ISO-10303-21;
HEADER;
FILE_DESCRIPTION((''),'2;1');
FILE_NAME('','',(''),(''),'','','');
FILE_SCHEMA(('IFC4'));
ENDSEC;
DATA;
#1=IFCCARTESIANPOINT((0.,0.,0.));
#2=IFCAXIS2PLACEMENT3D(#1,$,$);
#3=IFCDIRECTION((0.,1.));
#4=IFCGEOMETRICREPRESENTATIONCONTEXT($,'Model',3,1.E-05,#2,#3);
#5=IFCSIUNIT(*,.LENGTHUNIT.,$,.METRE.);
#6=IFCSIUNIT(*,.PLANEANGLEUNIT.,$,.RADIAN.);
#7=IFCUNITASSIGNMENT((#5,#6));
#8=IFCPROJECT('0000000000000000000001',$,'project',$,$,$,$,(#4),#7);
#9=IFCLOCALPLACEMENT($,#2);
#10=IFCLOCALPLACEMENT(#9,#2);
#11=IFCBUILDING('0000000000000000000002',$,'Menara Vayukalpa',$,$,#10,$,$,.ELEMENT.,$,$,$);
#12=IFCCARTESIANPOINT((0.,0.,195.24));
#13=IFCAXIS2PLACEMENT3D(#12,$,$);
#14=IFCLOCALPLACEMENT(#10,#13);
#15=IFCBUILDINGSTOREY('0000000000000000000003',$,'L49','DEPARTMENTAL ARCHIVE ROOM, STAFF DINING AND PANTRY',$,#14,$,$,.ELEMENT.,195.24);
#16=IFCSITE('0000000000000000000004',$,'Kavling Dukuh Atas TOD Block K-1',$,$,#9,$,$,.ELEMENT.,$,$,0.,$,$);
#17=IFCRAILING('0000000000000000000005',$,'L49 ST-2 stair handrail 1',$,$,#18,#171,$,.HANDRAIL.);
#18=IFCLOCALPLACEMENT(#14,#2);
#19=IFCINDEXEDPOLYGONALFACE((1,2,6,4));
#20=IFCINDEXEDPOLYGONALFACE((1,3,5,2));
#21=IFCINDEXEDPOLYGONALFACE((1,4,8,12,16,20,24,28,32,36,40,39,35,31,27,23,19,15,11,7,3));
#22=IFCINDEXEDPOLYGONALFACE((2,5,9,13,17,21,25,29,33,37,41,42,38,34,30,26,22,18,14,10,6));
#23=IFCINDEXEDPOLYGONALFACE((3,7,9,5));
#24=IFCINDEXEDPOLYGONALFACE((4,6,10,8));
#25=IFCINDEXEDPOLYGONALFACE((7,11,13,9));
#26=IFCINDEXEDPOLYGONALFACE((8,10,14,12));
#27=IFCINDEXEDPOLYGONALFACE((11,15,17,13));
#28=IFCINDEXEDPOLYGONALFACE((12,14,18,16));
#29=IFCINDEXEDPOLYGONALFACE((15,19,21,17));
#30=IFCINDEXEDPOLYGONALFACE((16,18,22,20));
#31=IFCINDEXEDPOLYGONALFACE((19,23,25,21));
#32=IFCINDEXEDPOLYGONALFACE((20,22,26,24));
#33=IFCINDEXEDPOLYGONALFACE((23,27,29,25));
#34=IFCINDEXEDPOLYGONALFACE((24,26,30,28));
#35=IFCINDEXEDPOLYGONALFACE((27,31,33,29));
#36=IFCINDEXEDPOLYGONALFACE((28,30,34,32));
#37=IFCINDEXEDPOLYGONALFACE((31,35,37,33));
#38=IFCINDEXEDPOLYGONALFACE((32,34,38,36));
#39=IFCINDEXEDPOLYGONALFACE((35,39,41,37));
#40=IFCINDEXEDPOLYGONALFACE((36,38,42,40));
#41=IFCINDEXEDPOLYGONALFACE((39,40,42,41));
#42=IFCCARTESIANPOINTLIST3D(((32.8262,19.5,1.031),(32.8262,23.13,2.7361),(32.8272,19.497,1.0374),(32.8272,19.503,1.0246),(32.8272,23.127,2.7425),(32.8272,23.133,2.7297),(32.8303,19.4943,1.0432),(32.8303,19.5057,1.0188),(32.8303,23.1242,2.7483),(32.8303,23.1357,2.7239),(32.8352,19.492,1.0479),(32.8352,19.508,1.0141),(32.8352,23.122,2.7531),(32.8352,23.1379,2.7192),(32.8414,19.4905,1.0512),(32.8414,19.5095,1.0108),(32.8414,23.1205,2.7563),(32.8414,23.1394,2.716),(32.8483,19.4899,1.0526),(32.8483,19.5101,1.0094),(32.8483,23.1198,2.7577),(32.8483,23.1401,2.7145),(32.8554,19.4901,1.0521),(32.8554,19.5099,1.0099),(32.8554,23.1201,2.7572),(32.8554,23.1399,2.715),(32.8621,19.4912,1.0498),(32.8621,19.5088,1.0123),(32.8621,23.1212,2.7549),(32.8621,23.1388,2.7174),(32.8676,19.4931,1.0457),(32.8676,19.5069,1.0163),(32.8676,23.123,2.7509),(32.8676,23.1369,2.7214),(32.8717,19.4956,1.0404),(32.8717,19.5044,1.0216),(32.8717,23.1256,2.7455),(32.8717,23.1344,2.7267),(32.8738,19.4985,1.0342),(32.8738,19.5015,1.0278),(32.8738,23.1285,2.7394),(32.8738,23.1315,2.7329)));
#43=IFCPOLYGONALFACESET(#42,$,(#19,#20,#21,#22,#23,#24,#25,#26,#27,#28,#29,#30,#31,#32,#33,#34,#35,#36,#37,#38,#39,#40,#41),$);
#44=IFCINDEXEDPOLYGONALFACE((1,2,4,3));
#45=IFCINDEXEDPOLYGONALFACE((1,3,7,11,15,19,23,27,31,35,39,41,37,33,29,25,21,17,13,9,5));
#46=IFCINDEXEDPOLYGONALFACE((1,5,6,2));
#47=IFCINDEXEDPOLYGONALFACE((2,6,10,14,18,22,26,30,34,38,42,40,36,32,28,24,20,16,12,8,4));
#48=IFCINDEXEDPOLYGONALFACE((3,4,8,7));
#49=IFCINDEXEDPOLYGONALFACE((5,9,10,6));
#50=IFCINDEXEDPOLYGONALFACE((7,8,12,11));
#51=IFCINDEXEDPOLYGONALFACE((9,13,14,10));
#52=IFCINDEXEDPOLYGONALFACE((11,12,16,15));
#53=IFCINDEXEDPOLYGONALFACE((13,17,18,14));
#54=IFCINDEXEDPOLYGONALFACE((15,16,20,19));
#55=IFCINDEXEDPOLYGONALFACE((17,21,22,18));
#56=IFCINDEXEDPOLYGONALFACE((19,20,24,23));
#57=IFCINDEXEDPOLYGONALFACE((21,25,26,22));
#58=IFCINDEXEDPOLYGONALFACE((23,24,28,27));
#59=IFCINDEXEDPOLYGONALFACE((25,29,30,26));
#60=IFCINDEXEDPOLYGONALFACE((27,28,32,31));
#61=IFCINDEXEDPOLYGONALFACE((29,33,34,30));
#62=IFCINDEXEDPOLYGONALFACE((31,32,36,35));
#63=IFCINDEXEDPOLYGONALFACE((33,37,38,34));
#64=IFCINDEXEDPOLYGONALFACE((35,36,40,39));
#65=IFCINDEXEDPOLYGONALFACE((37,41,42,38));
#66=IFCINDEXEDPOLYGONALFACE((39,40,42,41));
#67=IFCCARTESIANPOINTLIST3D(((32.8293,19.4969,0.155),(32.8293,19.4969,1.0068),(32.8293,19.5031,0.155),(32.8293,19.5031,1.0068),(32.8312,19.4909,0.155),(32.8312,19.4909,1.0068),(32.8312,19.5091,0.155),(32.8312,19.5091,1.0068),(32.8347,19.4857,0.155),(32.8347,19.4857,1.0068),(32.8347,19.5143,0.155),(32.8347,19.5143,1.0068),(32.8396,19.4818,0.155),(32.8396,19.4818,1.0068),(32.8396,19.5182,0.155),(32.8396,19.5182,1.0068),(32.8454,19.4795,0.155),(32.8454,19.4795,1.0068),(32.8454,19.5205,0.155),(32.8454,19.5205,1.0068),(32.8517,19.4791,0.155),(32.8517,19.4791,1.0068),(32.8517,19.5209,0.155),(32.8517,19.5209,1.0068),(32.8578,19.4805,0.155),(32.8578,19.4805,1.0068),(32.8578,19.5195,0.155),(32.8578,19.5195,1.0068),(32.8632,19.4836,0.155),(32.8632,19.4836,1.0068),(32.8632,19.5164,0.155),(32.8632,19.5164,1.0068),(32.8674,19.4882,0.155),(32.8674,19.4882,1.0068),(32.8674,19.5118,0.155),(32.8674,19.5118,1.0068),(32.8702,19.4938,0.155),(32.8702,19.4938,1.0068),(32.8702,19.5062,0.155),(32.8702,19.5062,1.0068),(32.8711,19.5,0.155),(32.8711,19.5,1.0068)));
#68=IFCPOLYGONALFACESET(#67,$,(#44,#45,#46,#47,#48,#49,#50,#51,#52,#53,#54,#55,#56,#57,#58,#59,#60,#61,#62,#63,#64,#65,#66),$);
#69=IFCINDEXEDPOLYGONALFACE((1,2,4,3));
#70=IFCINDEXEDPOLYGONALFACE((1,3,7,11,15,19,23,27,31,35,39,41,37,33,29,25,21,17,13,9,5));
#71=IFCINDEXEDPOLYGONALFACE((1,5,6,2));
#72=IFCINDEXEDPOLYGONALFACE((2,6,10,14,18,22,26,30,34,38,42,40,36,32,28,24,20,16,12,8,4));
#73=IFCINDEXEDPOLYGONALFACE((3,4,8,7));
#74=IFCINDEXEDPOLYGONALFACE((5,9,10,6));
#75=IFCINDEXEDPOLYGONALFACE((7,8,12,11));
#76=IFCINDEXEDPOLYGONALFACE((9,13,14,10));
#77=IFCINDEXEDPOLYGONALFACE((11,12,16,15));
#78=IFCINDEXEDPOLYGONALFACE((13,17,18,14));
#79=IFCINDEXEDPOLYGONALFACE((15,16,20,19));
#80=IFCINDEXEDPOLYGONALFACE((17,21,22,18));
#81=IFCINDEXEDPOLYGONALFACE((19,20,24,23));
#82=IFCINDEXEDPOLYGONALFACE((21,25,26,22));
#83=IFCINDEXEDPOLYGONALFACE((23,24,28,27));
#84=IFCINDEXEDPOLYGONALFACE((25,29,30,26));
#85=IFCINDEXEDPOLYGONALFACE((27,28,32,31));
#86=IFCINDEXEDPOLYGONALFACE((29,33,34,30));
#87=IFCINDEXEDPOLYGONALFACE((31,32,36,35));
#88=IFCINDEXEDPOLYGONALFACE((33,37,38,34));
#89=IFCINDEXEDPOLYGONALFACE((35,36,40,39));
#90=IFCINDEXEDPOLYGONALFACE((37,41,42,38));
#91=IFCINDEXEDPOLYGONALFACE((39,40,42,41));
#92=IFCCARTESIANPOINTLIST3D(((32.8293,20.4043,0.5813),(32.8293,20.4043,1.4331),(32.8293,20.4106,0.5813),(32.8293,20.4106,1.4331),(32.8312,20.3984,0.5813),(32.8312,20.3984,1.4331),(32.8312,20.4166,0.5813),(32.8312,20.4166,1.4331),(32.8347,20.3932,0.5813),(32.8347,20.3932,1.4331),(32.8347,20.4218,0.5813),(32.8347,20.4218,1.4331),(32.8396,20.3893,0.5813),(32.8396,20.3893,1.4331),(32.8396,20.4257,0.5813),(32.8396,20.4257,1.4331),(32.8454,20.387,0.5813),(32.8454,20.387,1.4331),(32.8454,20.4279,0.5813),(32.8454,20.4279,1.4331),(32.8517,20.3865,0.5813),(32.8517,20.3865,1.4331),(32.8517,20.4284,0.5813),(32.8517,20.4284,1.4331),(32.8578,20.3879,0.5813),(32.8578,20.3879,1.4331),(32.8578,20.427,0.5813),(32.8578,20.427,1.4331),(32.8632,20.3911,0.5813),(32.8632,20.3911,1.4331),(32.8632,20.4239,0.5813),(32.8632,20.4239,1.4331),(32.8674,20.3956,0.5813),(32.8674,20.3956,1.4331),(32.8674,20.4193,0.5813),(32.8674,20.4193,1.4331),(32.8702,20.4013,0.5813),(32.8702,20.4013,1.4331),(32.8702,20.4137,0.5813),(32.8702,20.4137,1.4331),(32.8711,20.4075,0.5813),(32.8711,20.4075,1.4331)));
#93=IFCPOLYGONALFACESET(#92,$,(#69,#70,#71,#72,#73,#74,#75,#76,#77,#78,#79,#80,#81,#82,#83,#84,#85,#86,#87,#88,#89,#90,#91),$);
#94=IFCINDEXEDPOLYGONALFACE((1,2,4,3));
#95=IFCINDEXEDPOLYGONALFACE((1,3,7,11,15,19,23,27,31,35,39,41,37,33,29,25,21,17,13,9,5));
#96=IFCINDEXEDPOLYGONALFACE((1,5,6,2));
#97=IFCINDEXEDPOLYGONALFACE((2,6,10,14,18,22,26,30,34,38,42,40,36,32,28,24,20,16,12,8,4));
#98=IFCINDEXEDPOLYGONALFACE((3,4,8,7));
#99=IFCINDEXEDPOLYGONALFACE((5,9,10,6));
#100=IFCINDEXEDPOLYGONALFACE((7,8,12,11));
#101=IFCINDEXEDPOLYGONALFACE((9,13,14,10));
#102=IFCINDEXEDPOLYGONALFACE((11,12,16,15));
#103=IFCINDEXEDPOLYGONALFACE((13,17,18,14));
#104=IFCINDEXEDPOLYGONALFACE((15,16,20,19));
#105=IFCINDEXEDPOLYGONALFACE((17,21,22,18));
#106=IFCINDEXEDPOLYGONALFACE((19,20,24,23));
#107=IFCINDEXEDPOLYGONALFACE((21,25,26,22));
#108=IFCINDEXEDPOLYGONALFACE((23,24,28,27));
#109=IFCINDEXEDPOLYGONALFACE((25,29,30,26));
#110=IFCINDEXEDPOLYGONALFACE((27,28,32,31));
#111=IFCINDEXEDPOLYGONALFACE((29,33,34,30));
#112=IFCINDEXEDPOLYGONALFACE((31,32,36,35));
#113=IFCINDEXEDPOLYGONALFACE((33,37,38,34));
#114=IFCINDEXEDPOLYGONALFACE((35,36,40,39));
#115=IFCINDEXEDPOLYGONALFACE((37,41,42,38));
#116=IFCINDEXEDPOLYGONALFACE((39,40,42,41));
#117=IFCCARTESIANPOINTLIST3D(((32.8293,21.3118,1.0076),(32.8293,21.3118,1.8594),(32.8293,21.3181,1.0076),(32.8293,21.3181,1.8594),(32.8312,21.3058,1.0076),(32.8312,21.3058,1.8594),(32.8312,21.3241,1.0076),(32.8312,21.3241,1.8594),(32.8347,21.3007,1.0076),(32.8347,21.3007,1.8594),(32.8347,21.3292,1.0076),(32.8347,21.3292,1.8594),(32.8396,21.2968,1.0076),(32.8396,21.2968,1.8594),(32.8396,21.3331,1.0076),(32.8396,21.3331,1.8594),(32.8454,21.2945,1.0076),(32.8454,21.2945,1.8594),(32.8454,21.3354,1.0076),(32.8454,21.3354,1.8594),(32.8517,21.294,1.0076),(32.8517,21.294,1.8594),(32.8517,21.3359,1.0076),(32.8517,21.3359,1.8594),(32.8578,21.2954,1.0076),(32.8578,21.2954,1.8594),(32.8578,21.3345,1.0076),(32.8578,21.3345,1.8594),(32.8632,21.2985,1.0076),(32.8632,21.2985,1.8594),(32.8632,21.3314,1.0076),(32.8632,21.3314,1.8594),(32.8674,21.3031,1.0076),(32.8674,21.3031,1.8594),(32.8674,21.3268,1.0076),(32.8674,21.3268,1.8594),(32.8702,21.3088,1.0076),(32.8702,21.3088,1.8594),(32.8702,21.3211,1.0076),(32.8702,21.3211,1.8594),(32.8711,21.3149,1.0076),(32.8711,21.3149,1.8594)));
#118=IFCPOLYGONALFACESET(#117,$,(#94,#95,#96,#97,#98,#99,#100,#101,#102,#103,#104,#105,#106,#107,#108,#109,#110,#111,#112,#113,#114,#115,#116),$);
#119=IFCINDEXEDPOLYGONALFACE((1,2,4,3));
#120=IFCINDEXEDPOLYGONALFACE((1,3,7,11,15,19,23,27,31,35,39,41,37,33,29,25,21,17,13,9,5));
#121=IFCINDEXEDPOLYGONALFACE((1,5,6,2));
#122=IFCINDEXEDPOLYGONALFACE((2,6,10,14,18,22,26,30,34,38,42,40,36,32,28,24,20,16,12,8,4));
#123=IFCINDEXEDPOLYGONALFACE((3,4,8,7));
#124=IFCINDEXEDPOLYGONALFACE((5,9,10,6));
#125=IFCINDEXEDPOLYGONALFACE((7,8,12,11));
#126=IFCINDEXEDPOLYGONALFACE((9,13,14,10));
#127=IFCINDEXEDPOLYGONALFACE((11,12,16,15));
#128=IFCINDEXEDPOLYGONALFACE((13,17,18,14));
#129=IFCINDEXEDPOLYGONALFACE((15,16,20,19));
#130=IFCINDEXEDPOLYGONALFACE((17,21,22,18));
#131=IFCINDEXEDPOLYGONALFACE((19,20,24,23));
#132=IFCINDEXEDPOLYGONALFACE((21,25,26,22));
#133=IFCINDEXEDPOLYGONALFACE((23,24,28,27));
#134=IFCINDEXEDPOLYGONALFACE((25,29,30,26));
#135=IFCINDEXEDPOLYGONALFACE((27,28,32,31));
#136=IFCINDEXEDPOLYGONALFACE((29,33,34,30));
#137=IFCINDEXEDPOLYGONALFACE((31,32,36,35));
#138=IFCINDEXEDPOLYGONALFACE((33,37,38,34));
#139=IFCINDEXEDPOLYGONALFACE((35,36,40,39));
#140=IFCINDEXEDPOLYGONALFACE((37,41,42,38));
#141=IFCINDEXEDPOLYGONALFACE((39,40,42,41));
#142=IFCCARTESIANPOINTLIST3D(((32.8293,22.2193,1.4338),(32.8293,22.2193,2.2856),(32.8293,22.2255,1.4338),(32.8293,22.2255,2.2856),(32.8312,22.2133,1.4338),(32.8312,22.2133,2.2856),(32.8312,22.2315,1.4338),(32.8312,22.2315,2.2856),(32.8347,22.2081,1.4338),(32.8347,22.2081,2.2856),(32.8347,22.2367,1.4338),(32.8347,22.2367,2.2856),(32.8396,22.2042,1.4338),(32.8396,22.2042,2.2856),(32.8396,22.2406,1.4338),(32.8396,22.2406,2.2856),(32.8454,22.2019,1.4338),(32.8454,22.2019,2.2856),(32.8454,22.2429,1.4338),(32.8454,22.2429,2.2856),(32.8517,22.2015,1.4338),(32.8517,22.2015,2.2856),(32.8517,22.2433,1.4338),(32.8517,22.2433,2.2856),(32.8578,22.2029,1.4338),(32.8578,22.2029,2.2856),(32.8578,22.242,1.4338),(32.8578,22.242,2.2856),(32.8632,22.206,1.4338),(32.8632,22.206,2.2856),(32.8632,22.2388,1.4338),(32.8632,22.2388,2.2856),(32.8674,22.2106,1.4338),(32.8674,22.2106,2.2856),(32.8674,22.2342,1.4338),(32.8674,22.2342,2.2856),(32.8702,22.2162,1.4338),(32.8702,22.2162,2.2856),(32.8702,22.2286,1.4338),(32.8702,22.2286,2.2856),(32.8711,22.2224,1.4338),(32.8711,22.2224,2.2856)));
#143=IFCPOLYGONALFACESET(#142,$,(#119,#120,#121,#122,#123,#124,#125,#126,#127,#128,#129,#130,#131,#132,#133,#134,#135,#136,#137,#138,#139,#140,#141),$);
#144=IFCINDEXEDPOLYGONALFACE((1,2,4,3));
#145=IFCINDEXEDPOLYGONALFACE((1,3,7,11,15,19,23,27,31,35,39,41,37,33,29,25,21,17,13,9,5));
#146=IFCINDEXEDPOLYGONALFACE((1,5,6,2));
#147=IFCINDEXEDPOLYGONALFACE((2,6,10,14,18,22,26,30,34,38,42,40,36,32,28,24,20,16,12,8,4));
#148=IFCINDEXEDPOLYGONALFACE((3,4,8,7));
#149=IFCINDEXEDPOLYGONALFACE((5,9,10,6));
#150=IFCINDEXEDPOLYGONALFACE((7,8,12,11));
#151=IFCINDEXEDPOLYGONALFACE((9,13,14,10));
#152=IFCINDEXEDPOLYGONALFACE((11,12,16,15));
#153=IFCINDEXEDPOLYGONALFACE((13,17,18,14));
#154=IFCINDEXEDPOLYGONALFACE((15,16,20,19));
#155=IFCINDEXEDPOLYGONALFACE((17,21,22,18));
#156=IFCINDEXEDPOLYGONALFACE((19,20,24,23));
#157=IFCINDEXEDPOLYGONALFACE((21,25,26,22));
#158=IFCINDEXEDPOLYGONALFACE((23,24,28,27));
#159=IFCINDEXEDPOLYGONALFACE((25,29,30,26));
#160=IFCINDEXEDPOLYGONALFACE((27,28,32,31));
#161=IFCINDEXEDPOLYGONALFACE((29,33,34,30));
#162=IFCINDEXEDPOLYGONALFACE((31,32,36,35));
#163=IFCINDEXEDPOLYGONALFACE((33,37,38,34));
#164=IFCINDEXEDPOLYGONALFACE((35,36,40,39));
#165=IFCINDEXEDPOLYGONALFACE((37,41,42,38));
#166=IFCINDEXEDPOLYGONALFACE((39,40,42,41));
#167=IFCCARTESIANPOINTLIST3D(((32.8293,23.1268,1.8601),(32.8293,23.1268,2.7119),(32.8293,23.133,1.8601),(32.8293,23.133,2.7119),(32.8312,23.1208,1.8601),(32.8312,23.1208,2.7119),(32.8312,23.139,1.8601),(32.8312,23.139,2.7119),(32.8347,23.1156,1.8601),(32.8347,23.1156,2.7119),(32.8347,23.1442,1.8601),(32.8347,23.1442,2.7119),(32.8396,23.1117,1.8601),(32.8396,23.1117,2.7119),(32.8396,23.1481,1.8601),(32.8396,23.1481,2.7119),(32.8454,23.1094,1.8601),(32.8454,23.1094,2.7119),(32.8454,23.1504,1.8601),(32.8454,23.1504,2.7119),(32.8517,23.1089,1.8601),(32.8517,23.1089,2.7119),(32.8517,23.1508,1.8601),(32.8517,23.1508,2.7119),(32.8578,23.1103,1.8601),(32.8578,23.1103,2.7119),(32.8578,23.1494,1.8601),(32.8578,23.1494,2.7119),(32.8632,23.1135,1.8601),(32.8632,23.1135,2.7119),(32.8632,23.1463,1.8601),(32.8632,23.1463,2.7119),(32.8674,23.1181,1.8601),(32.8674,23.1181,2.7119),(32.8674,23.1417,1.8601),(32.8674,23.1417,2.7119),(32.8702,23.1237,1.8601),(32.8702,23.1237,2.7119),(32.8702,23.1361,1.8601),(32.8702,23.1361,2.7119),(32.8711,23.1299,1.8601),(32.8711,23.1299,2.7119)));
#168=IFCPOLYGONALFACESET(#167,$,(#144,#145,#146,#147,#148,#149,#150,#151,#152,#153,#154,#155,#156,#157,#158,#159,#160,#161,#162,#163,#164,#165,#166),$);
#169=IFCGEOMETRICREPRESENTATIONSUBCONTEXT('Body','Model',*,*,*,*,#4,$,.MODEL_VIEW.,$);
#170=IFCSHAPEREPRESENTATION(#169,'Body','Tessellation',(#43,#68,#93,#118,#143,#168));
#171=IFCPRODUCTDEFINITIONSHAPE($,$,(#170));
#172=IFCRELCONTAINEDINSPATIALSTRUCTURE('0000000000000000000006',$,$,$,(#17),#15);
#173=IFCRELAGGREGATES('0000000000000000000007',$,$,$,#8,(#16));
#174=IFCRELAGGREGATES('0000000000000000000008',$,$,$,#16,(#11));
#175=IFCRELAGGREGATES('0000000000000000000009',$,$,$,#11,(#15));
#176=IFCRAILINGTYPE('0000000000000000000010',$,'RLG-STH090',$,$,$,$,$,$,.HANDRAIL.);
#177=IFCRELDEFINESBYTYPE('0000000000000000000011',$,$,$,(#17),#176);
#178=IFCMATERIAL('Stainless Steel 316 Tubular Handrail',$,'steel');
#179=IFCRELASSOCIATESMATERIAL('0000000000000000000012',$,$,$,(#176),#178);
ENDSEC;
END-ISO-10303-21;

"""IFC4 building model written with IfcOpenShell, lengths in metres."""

from ifc_helpers import new_model, si_unit, direction, frame, origin, origin_2d, place, context, subcontext, project, spatial, circle, extrude, material, type_object, element, save


model = new_model("IFC4")

# Units and contexts
model_context = context("Model", 3, precision=1e-05, world=origin(), true_north=direction((0.0, 1.0)))
body_context = subcontext(model_context, "Body", "Model", "MODEL_VIEW")
ifc_project = project(units=[si_unit("LENGTHUNIT", "METRE"), si_unit("PLANEANGLEUNIT", "RADIAN")], contexts=[model_context])

# Site, building, storey
site_placement = place(None, origin())
site = spatial("IfcSite", under=ifc_project, at=site_placement, Name="Kavling Dukuh Atas TOD Block K-1", CompositionType="ELEMENT", RefElevation=0.0)
building_placement = place(site_placement, origin())
building = spatial("IfcBuilding", under=site, at=building_placement, Name="Menara Vayukalpa", CompositionType="ELEMENT")
storey_placement = place(building_placement, frame((0.0, 0.0, 195.24)))
storey = spatial("IfcBuildingStorey", under=building, at=storey_placement, Name="L49", Description="DEPARTMENTAL ARCHIVE ROOM, STAFF DINING AND PANTRY", CompositionType="ELEMENT", Elevation=195.24)

# Railing
ifc_material_1 = material(Name="Stainless Steel 316 Tubular Handrail", Category="steel")
railing_type_1 = type_object("IfcRailingType", Name="RLG-STH090", PredefinedType="HANDRAIL", material=ifc_material_1)
railing_1_placement = place(storey_placement, frame((32.8501, 19.5, 0.155)))
element("IfcRailing", 1, at=railing_1_placement, inside=storey, type_object=railing_type_1, Name="L49 ST-2 stair handrail 1", PredefinedType="HANDRAIL", context=body_context, shape_type="SweptSolid", body=[
    extrude(circle(Radius=0.0239, at=origin_2d()), frame((0.0, 0.0, 0.876), z_axis=(0.0, 0.905116, 0.425164), x_axis=(-1.0, 0.0, 0.0)), (0.0, 0.0, 1.0), 4.0105),
    extrude(circle(Radius=0.021, at=origin_2d()), origin(), (0.0, 0.0, 1.0), 0.8518),
    extrude(circle(Radius=0.021, at=origin_2d()), frame((0.0, 0.9075, 0.4263)), (0.0, 0.0, 1.0), 0.8518),
    extrude(circle(Radius=0.021, at=origin_2d()), frame((0.0, 1.8149, 0.8525)), (0.0, 0.0, 1.0), 0.8518),
    extrude(circle(Radius=0.021, at=origin_2d()), frame((0.0, 2.7224, 1.2788)), (0.0, 0.0, 1.0), 0.8518),
    extrude(circle(Radius=0.021, at=origin_2d()), frame((0.0, 3.6299, 1.7051)), (0.0, 0.0, 1.0), 0.8518),
])

save(model, "model.ifc")
